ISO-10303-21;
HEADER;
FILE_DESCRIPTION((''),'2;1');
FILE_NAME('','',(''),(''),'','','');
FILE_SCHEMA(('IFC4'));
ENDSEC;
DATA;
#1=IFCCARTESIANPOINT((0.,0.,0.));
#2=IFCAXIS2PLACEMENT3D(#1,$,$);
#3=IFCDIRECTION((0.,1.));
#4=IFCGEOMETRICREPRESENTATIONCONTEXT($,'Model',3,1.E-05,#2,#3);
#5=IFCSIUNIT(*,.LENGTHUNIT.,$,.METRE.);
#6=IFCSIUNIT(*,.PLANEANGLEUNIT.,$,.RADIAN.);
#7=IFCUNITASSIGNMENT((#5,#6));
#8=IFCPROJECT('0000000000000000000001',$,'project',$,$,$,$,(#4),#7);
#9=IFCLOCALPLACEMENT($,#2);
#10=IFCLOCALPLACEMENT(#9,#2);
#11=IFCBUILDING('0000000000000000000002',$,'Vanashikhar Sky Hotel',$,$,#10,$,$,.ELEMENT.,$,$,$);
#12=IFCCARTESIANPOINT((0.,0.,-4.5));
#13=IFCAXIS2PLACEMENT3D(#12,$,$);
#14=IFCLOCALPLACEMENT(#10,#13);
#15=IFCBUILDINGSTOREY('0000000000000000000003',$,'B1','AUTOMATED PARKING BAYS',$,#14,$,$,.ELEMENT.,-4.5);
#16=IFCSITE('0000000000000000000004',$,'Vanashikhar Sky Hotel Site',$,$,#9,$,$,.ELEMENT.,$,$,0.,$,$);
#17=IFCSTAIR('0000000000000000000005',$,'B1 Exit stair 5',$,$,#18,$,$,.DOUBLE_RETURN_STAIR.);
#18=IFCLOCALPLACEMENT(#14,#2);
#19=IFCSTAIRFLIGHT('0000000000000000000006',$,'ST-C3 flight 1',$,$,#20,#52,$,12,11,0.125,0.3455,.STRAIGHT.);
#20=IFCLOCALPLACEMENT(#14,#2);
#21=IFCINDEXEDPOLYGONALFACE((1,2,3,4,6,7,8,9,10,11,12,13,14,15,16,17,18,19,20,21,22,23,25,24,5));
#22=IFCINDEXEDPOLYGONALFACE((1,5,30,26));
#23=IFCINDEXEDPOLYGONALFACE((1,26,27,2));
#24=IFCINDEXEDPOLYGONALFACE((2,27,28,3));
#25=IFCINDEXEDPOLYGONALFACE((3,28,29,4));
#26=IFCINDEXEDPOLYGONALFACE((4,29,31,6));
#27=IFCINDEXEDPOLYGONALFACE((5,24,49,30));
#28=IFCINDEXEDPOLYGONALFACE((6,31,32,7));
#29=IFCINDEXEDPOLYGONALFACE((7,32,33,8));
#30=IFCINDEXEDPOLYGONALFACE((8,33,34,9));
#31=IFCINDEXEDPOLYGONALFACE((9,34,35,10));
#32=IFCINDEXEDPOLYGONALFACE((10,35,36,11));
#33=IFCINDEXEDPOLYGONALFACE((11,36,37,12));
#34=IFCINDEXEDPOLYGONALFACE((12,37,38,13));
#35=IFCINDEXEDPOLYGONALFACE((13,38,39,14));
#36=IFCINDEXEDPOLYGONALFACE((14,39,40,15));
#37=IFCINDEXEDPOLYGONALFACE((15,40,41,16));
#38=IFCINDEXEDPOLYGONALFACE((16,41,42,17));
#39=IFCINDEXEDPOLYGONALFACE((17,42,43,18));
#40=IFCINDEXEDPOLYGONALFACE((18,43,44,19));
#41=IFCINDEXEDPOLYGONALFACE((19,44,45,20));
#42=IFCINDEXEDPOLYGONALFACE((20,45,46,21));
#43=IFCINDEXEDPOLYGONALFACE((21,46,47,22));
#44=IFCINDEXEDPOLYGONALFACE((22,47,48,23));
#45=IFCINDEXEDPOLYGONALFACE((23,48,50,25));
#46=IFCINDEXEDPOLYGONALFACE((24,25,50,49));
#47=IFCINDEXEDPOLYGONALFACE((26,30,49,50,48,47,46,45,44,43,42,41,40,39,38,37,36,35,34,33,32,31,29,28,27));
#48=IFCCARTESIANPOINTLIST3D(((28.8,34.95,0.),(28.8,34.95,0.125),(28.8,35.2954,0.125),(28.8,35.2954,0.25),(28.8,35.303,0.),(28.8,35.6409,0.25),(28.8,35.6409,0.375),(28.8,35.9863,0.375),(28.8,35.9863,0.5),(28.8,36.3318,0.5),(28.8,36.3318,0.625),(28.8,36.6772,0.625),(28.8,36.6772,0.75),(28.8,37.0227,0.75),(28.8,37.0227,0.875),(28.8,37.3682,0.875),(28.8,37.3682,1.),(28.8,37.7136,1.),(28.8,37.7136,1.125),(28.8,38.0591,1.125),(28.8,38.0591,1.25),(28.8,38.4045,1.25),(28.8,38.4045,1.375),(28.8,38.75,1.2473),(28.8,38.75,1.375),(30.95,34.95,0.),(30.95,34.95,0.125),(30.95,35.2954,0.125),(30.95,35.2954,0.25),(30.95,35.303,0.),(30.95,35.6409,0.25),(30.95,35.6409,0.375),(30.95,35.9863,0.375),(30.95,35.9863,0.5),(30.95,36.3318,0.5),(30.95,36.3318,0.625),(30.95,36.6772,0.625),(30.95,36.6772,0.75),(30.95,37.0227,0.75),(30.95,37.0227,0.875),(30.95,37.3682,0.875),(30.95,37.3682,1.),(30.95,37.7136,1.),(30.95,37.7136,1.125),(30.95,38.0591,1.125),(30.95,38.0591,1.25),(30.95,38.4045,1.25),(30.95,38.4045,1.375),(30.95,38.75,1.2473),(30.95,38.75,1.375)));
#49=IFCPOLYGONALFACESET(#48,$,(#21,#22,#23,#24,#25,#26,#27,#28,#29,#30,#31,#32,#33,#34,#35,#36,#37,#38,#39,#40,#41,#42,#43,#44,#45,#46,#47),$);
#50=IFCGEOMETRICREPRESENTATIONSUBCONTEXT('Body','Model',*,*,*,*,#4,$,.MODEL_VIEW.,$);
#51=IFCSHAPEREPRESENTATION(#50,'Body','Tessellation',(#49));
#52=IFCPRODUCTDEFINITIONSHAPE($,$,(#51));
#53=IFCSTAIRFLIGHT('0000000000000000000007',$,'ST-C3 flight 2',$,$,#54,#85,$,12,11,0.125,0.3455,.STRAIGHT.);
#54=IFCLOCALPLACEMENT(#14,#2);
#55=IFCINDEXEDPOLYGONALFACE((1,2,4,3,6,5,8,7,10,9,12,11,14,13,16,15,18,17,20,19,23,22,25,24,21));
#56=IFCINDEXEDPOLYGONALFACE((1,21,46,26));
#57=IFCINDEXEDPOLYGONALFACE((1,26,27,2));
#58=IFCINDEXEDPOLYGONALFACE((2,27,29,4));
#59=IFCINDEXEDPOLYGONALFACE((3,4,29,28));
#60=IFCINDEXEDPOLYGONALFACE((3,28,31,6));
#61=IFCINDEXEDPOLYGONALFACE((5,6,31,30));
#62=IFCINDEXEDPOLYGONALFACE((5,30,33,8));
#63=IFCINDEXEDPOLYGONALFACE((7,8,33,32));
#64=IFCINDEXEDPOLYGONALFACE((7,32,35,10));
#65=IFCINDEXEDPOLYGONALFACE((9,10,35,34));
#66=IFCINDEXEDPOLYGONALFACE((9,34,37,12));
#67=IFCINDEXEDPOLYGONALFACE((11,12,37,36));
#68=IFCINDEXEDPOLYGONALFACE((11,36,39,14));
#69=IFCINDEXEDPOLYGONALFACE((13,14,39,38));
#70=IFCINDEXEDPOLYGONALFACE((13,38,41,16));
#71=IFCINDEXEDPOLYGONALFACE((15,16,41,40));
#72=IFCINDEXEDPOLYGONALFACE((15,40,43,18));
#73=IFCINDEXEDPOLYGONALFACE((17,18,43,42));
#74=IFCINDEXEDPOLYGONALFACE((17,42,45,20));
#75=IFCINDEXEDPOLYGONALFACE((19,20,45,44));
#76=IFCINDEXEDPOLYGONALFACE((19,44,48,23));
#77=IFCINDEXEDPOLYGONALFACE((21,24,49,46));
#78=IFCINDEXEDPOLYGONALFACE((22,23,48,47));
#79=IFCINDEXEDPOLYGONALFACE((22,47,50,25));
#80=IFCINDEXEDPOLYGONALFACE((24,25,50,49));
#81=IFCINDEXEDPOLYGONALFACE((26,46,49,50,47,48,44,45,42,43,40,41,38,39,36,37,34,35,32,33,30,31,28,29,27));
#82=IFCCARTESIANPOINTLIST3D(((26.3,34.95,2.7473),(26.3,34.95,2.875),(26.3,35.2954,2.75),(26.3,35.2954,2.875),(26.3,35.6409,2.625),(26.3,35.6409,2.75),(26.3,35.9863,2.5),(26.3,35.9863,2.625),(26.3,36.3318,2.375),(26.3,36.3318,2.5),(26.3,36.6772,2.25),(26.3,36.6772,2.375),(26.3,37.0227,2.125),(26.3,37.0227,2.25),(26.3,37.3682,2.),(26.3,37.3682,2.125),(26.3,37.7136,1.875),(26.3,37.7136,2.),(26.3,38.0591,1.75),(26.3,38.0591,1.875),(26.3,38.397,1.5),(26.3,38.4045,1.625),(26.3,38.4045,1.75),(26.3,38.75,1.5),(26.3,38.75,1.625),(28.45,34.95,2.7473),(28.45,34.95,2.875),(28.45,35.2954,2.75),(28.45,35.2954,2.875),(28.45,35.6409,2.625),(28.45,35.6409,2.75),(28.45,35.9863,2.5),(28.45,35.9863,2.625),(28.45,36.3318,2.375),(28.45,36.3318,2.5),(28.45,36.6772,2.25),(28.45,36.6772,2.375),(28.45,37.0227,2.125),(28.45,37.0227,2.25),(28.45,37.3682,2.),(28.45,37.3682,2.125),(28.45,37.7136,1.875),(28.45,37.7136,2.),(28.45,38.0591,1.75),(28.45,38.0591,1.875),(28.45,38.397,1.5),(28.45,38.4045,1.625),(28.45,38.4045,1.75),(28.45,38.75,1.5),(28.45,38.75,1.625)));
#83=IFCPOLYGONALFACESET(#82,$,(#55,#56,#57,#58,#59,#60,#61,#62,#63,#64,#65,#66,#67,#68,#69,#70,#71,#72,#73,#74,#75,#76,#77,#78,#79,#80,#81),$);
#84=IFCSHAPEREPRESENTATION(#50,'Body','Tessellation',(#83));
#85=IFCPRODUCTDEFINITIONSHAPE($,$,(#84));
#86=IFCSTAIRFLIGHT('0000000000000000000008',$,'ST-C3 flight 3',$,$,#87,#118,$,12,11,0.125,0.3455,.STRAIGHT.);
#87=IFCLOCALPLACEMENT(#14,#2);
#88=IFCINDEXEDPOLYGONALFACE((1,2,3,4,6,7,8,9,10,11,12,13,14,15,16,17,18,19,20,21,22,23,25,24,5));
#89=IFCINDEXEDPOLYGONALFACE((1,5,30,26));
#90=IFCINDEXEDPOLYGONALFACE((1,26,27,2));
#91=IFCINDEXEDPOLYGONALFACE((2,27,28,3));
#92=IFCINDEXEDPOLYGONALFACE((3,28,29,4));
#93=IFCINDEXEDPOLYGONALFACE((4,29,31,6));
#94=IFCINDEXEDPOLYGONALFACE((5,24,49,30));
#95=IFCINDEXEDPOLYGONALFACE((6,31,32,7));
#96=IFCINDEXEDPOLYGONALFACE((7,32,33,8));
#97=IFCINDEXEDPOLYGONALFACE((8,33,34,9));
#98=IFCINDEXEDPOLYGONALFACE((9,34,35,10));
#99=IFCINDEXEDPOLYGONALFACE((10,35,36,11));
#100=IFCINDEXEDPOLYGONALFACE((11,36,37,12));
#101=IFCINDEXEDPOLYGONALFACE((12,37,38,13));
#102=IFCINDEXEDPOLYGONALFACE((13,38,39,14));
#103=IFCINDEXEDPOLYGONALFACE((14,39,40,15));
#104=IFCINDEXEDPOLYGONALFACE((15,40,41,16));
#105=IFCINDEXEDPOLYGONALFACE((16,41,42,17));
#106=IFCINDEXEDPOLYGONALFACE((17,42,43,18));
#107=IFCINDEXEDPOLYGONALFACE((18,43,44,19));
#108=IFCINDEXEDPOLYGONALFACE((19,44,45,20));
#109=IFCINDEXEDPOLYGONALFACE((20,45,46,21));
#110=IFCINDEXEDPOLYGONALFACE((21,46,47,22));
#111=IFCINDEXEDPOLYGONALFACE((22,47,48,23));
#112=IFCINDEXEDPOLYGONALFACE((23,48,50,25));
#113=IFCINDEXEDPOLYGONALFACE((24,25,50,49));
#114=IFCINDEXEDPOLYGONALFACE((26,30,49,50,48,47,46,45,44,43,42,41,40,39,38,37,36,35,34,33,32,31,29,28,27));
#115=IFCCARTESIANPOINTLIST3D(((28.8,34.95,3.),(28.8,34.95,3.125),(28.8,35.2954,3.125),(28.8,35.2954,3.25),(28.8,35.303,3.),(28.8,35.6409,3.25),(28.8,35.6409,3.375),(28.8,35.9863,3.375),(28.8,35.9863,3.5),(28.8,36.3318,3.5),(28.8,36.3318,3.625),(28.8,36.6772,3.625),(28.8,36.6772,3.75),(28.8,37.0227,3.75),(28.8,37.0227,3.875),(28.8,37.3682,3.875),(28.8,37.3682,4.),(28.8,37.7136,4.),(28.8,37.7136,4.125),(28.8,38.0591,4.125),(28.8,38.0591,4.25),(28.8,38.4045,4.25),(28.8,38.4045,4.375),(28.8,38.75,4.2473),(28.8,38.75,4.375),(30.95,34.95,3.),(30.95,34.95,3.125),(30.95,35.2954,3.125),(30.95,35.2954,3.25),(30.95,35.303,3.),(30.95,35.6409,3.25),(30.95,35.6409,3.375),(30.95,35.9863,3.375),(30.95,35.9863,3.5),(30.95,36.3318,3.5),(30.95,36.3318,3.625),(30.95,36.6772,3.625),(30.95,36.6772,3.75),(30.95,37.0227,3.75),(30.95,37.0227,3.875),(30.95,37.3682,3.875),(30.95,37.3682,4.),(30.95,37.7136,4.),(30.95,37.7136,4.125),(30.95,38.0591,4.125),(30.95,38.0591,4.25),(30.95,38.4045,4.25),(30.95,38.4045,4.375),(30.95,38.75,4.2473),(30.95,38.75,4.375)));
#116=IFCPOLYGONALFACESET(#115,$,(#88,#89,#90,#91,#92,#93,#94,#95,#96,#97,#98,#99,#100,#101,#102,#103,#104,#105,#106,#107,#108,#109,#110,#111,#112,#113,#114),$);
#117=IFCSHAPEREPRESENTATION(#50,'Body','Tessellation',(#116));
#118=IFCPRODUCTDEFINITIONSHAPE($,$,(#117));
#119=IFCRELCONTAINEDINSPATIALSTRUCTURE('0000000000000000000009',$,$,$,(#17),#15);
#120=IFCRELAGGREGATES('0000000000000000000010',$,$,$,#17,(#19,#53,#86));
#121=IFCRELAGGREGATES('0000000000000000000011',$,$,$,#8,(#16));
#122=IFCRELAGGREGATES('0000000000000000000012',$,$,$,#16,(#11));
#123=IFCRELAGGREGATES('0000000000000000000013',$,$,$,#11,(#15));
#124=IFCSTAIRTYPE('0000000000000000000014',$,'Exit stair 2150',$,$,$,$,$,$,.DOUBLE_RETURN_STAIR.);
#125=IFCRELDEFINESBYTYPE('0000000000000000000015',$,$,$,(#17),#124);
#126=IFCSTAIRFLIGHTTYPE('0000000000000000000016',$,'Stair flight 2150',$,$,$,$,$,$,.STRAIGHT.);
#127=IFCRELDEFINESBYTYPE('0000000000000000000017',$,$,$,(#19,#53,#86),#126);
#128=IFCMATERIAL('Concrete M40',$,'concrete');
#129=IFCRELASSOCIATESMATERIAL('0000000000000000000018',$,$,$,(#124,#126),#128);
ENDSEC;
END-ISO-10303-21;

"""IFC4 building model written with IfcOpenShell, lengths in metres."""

from ifc_helpers import new_model, si_unit, direction, frame, origin, place, context, subcontext, project, spatial, polyline, outline, extrude, source, transform, mapped, material, type_object, element, aggregate, save


model = new_model("IFC4")

# Units and contexts
model_context = context("Model", 3, precision=1e-05, world=origin(), true_north=direction((0.0, 1.0)))
body_context = subcontext(model_context, "Body", "Model", "MODEL_VIEW")
ifc_project = project(units=[si_unit("LENGTHUNIT", "METRE"), si_unit("PLANEANGLEUNIT", "RADIAN")], contexts=[model_context])

# Site, building, storey
site_placement = place(None, origin())
site = spatial("IfcSite", under=ifc_project, at=site_placement, Name="Vanashikhar Sky Hotel Site", CompositionType="ELEMENT", RefElevation=0.0)
building_placement = place(site_placement, origin())
building = spatial("IfcBuilding", under=site, at=building_placement, Name="Vanashikhar Sky Hotel", CompositionType="ELEMENT")
storey_placement = place(building_placement, frame((0.0, 0.0, -4.5)))
storey = spatial("IfcBuildingStorey", under=building, at=storey_placement, Name="B1", Description="AUTOMATED PARKING BAYS", CompositionType="ELEMENT", Elevation=-4.5)

# Shared definitions
ifc_material_1 = material(Name="Concrete M40", Category="concrete")

# Stair, stair flights
stair_type = type_object("IfcStairType", Name="Exit stair 2150", PredefinedType="DOUBLE_RETURN_STAIR", material=ifc_material_1)
stair_placement = place(storey_placement, origin())
stair = element("IfcStair", 1, at=stair_placement, inside=storey, type_object=stair_type, Name="B1 Exit stair 5", PredefinedType="DOUBLE_RETURN_STAIR")
stair_flight_type = type_object("IfcStairFlightType", Name="Stair flight 2150", PredefinedType="STRAIGHT", material=ifc_material_1)
shared_shape_1 = source(origin(), body_context, "Body", "SweptSolid", [
    extrude(outline(polyline([(0.0, 0.0), (0.0, 0.125), (0.3455, 0.125), (0.3455, 0.25), (0.6909, 0.25), (0.6909, 0.375), (1.0364, 0.375), (1.0364, 0.5), (1.3818, 0.5), (1.3818, 0.625), (1.7273, 0.625), (1.7273, 0.75), (2.0728, 0.75), (2.0728, 0.875), (2.4182, 0.875), (2.4182, 1.0), (2.7637, 1.0), (2.7637, 1.125), (3.1091, 1.125), (3.1091, 1.25), (3.4546, 1.25), (3.4546, 1.375), (3.8, 1.375), (3.8, 1.5), (3.8, 1.2473), (0.353, 0.0), (0.0, 0.0)])), frame((0.0, 1.075, 0.0), z_axis=(0.0, -1.0, 0.0), x_axis=(1.0, 0.0, 0.0)), (0.0, 0.0, 1.0), 2.1499),
])
stair_flight_1_placement = place(storey_placement, frame((29.875, 34.95, 0.0), z_axis=(0.0, 0.0, 1.0), x_axis=(0.0, 1.0, 0.0)))
stair_flight_1 = element("IfcStairFlight", 2, at=stair_flight_1_placement, type_object=stair_flight_type, Name="ST-C3 flight 1", NumberOfRisers=12, NumberOfTreads=11, PredefinedType="STRAIGHT", RiserHeight=0.125, TreadLength=0.3455, context=body_context, shape_type="MappedRepresentation", body=[
    mapped(shared_shape_1, transform((0.0, 0.0, 0.0), scale=1.0)),
])
stair_flight_2_placement = place(storey_placement, frame((27.375, 38.75, 1.5), z_axis=(0.0, 0.0, 1.0), x_axis=(0.0, -1.0, 0.0)))
stair_flight_2 = element("IfcStairFlight", 3, at=stair_flight_2_placement, type_object=stair_flight_type, Name="ST-C3 flight 2", NumberOfRisers=12, NumberOfTreads=11, PredefinedType="STRAIGHT", RiserHeight=0.125, TreadLength=0.3455, context=body_context, shape_type="MappedRepresentation", body=[
    mapped(shared_shape_1, transform((0.0, 0.0, 0.0), scale=1.0)),
])
stair_flight_3_placement = place(storey_placement, frame((29.875, 34.95, 3.0), z_axis=(0.0, 0.0, 1.0), x_axis=(0.0, 1.0, 0.0)))
stair_flight_3 = element("IfcStairFlight", 4, at=stair_flight_3_placement, type_object=stair_flight_type, Name="ST-C3 flight 3", NumberOfRisers=12, NumberOfTreads=11, PredefinedType="STRAIGHT", RiserHeight=0.125, TreadLength=0.3455, context=body_context, shape_type="MappedRepresentation", body=[
    mapped(shared_shape_1, transform((0.0, 0.0, 0.0), scale=1.0)),
])
aggregate(stair, [stair_flight_1, stair_flight_2, stair_flight_3])

save(model, "model.ifc")
